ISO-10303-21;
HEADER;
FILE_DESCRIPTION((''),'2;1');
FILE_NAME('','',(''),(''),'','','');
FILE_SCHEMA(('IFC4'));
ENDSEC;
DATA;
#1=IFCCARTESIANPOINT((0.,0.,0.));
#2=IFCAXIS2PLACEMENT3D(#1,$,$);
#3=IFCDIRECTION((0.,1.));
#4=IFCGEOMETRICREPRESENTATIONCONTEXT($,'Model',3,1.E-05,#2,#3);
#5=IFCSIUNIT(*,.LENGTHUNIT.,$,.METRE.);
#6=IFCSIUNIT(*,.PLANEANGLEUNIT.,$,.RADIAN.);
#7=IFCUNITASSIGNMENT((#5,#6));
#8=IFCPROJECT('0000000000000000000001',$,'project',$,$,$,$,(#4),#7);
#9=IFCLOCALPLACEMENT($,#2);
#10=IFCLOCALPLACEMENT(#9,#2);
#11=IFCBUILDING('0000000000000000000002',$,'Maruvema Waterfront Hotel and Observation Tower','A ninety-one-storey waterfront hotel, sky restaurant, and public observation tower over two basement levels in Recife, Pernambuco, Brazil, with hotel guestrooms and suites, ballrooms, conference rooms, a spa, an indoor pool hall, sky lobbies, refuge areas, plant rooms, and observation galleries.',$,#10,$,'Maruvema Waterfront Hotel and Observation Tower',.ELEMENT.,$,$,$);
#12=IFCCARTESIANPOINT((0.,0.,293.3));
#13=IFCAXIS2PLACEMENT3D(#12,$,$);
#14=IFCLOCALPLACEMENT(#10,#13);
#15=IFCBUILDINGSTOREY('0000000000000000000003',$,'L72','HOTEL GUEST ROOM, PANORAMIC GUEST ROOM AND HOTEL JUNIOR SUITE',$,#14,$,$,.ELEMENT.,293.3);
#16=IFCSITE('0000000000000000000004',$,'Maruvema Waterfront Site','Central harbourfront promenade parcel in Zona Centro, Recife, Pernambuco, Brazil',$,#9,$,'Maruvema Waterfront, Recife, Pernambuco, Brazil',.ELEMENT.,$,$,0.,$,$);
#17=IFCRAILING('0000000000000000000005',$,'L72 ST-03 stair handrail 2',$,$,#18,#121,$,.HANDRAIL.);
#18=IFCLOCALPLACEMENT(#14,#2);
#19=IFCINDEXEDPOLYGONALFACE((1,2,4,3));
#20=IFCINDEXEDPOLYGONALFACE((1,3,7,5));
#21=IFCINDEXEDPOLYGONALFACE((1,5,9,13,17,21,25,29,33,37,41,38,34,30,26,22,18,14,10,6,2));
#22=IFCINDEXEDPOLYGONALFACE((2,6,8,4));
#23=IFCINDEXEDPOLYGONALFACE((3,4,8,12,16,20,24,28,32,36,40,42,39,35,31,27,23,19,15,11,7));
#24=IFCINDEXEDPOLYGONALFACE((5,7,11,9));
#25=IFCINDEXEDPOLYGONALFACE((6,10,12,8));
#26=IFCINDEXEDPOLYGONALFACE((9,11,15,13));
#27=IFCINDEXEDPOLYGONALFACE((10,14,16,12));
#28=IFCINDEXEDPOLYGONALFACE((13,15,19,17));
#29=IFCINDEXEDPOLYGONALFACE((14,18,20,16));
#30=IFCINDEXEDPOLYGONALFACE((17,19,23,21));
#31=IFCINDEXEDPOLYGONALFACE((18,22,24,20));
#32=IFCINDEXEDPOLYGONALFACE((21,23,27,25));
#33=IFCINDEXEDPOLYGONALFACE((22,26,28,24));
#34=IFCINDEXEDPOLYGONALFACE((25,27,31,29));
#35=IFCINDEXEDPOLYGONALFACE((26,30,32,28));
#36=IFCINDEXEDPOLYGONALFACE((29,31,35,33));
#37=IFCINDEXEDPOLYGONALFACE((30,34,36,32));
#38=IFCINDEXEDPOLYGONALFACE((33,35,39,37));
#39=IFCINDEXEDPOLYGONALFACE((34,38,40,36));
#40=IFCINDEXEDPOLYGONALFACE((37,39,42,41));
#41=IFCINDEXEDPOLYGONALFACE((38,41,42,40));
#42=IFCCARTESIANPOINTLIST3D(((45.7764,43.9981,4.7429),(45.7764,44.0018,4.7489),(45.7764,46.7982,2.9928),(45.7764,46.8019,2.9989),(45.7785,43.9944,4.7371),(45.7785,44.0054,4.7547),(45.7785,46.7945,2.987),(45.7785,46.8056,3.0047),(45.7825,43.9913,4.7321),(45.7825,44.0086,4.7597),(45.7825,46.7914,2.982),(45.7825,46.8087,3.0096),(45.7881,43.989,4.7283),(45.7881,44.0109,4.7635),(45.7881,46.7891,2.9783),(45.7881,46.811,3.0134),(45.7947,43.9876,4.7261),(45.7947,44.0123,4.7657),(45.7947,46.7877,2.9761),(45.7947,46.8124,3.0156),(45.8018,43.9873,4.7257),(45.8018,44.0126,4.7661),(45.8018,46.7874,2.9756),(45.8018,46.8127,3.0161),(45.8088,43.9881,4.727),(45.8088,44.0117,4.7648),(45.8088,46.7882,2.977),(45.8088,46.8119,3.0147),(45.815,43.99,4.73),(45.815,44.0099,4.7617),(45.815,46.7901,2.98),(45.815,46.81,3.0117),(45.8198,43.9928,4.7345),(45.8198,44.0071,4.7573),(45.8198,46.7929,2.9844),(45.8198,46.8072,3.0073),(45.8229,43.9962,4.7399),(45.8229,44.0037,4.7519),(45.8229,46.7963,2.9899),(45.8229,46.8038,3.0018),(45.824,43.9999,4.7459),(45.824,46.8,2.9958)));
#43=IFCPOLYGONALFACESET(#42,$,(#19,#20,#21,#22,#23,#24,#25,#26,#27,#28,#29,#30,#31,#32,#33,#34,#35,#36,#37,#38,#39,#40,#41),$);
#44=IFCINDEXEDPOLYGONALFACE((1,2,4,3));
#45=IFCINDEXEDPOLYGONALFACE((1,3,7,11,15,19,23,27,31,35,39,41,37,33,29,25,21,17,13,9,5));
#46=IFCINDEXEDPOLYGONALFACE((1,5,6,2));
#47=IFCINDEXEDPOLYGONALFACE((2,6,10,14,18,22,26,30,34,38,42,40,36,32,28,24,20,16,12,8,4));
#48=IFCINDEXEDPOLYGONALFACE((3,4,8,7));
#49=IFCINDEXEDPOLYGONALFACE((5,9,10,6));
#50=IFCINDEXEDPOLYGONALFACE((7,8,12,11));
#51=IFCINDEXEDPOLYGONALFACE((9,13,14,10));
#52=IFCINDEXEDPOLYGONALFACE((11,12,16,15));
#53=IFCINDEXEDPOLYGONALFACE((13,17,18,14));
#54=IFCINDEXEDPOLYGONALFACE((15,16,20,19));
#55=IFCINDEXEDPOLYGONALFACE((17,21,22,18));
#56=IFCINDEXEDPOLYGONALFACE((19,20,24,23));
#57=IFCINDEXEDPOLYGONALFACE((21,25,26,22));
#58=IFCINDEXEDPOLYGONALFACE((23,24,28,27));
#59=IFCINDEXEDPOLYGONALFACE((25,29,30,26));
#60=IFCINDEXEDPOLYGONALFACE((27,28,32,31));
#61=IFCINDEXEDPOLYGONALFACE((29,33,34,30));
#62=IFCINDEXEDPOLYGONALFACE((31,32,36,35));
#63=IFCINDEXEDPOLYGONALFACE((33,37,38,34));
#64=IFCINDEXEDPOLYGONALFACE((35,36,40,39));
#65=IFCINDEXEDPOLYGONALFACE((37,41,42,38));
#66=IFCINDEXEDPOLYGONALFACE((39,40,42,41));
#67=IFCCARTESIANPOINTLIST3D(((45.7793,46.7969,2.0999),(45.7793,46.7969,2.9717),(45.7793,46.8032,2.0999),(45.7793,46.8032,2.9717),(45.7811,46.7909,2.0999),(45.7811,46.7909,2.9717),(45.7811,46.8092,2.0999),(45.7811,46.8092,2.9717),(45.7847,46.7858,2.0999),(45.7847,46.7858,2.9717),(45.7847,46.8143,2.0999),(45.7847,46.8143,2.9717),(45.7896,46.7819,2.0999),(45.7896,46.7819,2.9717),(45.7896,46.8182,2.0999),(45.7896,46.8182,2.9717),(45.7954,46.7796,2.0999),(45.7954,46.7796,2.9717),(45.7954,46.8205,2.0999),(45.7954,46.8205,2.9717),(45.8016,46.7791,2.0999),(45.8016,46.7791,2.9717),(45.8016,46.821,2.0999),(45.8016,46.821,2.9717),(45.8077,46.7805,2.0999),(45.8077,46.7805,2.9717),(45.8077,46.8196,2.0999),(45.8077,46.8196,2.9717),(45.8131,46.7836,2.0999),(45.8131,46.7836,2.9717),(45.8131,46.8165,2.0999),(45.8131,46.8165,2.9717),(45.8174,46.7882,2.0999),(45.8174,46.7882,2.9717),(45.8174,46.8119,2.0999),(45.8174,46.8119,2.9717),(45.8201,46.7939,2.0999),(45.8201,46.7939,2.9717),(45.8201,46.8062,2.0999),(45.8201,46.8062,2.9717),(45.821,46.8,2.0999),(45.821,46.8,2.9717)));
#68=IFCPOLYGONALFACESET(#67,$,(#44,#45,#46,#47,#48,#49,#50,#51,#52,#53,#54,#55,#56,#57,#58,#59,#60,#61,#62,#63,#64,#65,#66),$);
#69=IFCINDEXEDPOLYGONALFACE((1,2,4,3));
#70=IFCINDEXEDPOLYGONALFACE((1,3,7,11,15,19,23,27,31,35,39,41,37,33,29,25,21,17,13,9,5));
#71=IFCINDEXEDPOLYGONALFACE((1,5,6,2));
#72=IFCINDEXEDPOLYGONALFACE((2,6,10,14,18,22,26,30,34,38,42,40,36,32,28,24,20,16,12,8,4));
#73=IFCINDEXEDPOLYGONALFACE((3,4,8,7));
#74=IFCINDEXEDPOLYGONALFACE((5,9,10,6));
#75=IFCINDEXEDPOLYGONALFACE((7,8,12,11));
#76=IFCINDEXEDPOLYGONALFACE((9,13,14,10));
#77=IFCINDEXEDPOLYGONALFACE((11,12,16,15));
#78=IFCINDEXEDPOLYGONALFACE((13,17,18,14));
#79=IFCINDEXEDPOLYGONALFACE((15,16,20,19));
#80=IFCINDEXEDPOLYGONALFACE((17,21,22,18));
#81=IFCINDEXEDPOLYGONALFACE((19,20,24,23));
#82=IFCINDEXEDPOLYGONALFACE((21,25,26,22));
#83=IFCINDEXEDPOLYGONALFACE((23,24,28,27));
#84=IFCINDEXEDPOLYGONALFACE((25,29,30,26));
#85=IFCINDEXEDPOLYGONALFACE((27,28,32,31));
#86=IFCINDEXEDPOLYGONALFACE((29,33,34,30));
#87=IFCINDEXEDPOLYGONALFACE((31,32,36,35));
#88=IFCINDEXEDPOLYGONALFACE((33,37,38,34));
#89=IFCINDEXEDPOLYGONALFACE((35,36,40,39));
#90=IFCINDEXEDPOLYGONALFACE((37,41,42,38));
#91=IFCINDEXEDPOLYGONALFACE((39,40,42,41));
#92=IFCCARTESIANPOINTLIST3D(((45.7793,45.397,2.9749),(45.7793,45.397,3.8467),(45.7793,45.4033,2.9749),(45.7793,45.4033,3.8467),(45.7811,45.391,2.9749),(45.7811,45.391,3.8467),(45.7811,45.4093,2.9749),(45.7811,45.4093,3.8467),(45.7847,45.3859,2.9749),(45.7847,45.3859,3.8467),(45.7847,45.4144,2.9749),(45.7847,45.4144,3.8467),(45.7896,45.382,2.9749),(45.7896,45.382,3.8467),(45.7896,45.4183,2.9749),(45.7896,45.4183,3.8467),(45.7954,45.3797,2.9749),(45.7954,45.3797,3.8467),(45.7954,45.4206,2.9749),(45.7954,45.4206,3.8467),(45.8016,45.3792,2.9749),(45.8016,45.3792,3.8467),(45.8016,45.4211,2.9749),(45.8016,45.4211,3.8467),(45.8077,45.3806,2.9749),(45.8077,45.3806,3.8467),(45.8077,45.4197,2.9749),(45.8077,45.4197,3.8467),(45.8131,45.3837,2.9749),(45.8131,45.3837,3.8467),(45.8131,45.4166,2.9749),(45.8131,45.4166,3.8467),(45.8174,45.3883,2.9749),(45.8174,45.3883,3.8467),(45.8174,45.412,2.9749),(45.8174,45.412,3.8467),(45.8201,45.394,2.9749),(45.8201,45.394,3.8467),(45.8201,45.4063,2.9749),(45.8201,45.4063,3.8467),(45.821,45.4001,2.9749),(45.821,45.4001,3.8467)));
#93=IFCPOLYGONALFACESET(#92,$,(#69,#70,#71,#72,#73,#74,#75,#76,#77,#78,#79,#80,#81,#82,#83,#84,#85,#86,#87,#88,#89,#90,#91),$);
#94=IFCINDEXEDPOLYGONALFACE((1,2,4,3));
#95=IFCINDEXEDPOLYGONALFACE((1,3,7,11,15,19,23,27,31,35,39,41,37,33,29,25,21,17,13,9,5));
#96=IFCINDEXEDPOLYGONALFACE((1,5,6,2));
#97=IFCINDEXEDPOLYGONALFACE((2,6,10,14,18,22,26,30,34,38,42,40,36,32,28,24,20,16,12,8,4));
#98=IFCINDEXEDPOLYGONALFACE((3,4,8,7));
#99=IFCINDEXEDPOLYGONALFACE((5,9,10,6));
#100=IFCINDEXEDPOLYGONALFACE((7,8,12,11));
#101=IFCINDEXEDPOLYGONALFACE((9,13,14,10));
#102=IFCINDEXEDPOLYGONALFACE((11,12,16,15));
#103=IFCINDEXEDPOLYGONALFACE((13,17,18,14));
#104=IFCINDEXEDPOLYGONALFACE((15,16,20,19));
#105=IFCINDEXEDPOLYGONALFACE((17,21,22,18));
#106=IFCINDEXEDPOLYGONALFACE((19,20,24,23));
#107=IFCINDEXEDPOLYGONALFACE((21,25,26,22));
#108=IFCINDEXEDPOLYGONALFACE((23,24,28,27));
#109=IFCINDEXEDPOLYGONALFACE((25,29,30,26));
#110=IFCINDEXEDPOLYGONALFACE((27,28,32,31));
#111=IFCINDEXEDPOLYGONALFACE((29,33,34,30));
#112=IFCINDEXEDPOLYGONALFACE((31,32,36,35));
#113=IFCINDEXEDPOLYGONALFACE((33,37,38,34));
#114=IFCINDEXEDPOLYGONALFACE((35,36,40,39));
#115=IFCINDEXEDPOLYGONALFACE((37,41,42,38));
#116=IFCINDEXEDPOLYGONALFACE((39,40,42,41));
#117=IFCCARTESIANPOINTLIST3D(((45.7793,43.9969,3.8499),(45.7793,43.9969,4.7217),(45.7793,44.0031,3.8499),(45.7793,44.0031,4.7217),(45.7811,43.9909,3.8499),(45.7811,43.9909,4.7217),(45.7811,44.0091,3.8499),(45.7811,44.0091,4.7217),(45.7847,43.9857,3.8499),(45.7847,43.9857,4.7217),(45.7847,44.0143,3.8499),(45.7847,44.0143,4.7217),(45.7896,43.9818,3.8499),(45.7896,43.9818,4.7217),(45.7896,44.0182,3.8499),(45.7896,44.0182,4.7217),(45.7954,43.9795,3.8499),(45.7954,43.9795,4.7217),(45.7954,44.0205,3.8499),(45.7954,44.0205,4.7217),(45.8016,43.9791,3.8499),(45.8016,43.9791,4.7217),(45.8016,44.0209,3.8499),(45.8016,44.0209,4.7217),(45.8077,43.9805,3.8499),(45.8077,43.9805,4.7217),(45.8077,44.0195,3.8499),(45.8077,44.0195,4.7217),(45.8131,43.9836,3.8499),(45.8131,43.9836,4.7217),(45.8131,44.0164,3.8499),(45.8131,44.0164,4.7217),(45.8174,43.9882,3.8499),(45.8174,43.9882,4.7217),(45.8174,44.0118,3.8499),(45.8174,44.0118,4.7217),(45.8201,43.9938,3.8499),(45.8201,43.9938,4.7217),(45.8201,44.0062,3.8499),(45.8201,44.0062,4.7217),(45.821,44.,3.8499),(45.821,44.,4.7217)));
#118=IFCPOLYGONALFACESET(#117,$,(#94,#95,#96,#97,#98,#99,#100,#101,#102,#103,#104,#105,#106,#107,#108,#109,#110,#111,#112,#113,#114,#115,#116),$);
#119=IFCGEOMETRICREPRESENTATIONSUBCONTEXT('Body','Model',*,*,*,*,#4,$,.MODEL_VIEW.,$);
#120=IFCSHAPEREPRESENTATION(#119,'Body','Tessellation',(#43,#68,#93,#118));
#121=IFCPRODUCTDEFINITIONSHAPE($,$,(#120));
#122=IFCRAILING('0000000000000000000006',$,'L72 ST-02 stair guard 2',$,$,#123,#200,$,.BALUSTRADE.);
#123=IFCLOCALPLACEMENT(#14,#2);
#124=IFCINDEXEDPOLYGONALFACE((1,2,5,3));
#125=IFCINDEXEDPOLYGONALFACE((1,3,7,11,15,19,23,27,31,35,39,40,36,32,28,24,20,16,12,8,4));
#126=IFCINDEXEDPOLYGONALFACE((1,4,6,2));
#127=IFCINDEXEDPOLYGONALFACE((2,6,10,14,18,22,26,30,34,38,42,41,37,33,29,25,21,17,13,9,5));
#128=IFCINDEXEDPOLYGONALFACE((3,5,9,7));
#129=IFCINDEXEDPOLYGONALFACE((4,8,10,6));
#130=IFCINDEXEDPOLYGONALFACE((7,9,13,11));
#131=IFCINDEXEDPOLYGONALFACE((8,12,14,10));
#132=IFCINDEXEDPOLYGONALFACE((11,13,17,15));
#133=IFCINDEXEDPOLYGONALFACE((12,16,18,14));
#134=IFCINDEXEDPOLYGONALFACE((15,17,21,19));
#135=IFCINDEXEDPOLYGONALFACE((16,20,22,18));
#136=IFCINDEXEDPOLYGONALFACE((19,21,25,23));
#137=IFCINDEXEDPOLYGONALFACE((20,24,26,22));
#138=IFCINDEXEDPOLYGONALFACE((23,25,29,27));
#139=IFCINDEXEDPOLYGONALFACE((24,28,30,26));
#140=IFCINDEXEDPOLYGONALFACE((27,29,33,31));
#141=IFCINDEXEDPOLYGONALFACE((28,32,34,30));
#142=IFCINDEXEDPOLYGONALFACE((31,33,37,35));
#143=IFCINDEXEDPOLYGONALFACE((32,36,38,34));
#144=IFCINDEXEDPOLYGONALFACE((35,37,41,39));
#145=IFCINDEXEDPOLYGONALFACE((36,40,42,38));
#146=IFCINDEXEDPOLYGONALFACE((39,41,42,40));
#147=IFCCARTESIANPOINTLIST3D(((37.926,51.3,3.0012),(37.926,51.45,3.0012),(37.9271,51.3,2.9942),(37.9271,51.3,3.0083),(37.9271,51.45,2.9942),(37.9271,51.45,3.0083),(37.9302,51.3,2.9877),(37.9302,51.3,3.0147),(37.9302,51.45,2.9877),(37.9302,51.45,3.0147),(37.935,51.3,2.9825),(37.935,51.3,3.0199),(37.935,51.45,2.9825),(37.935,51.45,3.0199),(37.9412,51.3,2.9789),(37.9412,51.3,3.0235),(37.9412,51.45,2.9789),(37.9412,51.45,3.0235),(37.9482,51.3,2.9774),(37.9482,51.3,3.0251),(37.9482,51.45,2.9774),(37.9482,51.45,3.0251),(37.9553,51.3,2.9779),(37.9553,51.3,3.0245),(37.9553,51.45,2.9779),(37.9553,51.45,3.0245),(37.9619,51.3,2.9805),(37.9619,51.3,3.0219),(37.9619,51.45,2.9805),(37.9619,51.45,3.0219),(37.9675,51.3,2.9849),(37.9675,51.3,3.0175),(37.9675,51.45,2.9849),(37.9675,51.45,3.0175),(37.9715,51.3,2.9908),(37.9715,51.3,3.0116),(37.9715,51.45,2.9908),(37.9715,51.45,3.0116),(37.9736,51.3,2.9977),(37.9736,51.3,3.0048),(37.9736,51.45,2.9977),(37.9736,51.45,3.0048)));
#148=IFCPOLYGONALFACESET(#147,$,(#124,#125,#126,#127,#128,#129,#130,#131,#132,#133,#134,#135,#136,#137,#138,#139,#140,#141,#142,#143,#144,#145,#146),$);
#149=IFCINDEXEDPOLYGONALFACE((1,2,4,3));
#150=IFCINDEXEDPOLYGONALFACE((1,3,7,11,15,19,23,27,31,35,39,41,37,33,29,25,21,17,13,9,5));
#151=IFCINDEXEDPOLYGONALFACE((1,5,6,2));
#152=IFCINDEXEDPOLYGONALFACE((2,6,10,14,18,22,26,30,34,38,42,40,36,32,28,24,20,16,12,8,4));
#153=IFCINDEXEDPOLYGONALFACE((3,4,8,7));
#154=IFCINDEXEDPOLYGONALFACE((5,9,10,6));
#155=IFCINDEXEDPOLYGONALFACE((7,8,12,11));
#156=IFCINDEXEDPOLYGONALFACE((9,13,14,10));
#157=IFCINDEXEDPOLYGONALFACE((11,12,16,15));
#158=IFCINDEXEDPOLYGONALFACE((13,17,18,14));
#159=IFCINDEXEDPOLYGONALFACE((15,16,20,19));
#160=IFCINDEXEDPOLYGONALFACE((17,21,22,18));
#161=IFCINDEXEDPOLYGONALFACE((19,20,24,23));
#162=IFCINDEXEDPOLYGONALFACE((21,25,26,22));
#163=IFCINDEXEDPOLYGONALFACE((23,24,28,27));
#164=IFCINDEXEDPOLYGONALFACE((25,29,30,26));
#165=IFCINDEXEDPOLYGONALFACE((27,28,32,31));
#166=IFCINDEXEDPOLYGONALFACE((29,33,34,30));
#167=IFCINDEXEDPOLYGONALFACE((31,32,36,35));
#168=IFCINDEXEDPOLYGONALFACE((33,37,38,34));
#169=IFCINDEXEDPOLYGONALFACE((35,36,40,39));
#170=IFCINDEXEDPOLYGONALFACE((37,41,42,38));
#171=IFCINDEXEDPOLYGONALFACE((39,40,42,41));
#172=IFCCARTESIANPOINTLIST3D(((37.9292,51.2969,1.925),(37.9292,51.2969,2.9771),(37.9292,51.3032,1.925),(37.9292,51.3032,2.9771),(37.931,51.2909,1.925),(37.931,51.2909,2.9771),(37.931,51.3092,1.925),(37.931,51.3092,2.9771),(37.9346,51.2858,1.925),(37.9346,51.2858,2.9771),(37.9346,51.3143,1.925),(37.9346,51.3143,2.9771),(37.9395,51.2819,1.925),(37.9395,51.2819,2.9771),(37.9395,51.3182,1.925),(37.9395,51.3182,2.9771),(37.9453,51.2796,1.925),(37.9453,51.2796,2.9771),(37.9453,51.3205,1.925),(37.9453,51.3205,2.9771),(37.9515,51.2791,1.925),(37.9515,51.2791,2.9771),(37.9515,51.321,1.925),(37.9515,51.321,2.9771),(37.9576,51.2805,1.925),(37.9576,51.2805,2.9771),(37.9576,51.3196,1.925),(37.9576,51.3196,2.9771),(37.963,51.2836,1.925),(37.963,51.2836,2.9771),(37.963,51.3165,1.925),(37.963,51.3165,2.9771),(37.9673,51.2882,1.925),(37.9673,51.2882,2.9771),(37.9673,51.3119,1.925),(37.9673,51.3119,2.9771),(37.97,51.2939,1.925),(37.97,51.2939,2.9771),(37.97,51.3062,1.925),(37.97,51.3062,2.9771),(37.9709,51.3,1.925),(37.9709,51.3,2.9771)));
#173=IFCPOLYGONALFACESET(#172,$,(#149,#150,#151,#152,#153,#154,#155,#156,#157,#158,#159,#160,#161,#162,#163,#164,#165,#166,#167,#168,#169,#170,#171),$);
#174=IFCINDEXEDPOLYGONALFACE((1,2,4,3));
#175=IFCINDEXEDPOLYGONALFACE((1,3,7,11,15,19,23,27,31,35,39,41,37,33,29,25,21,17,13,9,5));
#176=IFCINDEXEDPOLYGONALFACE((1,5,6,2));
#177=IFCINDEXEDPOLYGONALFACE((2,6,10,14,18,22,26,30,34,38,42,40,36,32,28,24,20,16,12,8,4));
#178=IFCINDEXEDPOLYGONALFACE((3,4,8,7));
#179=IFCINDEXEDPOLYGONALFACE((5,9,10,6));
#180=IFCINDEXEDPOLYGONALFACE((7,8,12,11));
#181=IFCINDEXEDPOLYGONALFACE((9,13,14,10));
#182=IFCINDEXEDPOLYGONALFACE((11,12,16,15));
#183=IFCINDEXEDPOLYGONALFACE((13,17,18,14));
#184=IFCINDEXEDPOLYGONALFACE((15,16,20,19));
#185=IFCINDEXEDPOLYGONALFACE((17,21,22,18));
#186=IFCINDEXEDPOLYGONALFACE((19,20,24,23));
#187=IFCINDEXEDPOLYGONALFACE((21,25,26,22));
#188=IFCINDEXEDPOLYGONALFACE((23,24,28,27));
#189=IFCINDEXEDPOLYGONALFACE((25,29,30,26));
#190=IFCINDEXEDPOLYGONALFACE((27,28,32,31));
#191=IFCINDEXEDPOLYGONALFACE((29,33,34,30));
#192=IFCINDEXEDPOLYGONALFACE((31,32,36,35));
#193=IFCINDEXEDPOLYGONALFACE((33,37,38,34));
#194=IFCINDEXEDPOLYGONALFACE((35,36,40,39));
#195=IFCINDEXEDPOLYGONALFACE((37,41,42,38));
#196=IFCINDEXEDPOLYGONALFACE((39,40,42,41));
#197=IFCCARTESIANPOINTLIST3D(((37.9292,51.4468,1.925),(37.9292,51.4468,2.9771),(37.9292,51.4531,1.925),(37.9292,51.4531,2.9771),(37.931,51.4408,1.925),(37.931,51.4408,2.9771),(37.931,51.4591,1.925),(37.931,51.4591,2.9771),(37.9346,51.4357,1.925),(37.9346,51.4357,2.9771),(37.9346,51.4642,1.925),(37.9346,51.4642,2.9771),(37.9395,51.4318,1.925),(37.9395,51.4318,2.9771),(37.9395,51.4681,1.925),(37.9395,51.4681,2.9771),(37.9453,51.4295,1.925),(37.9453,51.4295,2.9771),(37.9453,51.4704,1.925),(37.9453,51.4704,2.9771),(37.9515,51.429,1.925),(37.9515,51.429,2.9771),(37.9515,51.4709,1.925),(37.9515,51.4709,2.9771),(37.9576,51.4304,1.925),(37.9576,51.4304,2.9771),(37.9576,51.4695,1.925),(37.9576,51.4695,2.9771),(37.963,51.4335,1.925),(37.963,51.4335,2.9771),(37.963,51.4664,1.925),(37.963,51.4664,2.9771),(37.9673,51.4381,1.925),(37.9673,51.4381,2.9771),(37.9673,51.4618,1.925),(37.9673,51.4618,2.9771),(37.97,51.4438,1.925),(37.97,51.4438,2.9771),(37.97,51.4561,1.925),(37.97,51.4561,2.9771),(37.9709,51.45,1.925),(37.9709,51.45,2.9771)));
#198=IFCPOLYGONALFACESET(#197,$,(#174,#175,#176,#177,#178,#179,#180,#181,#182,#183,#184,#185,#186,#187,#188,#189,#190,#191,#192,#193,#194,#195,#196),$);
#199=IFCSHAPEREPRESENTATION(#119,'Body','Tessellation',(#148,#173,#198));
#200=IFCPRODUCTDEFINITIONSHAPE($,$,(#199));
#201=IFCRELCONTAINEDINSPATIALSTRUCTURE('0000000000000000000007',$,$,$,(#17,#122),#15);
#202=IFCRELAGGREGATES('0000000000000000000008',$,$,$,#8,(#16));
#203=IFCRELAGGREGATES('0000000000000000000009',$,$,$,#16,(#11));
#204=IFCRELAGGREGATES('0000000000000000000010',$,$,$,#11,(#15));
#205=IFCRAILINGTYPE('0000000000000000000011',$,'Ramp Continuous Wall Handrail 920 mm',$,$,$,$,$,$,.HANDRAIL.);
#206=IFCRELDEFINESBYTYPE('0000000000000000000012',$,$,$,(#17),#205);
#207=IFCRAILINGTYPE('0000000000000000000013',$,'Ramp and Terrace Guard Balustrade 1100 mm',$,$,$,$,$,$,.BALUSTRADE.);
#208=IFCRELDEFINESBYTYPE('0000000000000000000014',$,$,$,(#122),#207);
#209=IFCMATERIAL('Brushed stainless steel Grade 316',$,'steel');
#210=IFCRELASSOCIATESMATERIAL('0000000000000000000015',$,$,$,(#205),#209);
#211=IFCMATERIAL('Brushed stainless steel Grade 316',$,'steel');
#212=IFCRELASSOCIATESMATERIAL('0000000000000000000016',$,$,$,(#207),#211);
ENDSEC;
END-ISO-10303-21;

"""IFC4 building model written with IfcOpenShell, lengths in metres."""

from ifc_helpers import new_model, si_unit, direction, frame, origin, origin_2d, place, context, subcontext, project, spatial, circle, extrude, material, type_object, element, save


model = new_model("IFC4")

# Units and contexts
model_context = context("Model", 3, precision=1e-05, world=origin(), true_north=direction((0.0, 1.0)))
body_context = subcontext(model_context, "Body", "Model", "MODEL_VIEW")
ifc_project = project(units=[si_unit("LENGTHUNIT", "METRE"), si_unit("PLANEANGLEUNIT", "RADIAN")], contexts=[model_context])

# Site, building, storey
site_placement = place(None, origin())
site = spatial("IfcSite", under=ifc_project, at=site_placement, Name="Maruvema Waterfront Site", Description="Central harbourfront promenade parcel in Zona Centro, Recife, Pernambuco, Brazil", LongName="Maruvema Waterfront, Recife, Pernambuco, Brazil", CompositionType="ELEMENT", RefElevation=0.0)
building_placement = place(site_placement, origin())
building = spatial("IfcBuilding", under=site, at=building_placement, Name="Maruvema Waterfront Hotel and Observation Tower", Description="A ninety-one-storey waterfront hotel, sky restaurant, and public observation tower over two basement levels in Recife, Pernambuco, Brazil, with hotel guestrooms and suites, ballrooms, conference rooms, a spa, an indoor pool hall, sky lobbies, refuge areas, plant rooms, and observation galleries.", LongName="Maruvema Waterfront Hotel and Observation Tower", CompositionType="ELEMENT")
storey_placement = place(building_placement, frame((0.0, 0.0, 293.3)))
storey = spatial("IfcBuildingStorey", under=building, at=storey_placement, Name="L72", Description="HOTEL GUEST ROOM, PANORAMIC GUEST ROOM AND HOTEL JUNIOR SUITE", CompositionType="ELEMENT", Elevation=293.3)

# Railings
ifc_material_1 = material(Name="Brushed stainless steel Grade 316", Category="steel")
railing_type_1 = type_object("IfcRailingType", Name="Ramp Continuous Wall Handrail 920 mm", PredefinedType="HANDRAIL", material=ifc_material_1)
railing_1_placement = place(storey_placement, frame((45.8, 46.8, 2.0999)))
element("IfcRailing", 1, at=railing_1_placement, inside=storey, type_object=railing_type_1, Name="L72 ST-03 stair handrail 2", PredefinedType="HANDRAIL", context=body_context, shape_type="SweptSolid", body=[
    extrude(circle(Radius=0.0239, at=origin_2d()), frame((0.0, 0.0, 0.896), z_axis=(0.0, -0.848002, 0.529992), x_axis=(1.0, 0.0, 0.0)), (0.0, 0.0, 1.0), 3.302),
    extrude(circle(Radius=0.021, at=origin_2d()), origin(), (0.0, 0.0, 1.0), 0.8718),
    extrude(circle(Radius=0.021, at=origin_2d()), frame((0.0, -1.3999, 0.875)), (0.0, 0.0, 1.0), 0.8718),
    extrude(circle(Radius=0.021, at=origin_2d()), frame((0.0, -2.8, 1.75)), (0.0, 0.0, 1.0), 0.8718),
])
ifc_material_2 = material(Name="Brushed stainless steel Grade 316", Category="steel")
railing_type_2 = type_object("IfcRailingType", Name="Ramp and Terrace Guard Balustrade 1100 mm", PredefinedType="BALUSTRADE", material=ifc_material_2)
railing_2_placement = place(storey_placement, frame((37.95, 51.3, 1.925)))
element("IfcRailing", 2, at=railing_2_placement, inside=storey, type_object=railing_type_2, Name="L72 ST-02 stair guard 2", PredefinedType="BALUSTRADE", context=body_context, shape_type="SweptSolid", body=[
    extrude(circle(Radius=0.0239, at=origin_2d()), frame((0.0, 0.0, 1.0762), z_axis=(0.0, 1.0, 0.0), x_axis=(-1.0, 0.0, 0.0)), (0.0, 0.0, 1.0), 0.1499),
    extrude(circle(Radius=0.021, at=origin_2d()), origin(), (0.0, 0.0, 1.0), 1.052),
    extrude(circle(Radius=0.021, at=origin_2d()), frame((0.0, 0.1499, 0.0)), (0.0, 0.0, 1.0), 1.052),
])

save(model, "model.ifc")
